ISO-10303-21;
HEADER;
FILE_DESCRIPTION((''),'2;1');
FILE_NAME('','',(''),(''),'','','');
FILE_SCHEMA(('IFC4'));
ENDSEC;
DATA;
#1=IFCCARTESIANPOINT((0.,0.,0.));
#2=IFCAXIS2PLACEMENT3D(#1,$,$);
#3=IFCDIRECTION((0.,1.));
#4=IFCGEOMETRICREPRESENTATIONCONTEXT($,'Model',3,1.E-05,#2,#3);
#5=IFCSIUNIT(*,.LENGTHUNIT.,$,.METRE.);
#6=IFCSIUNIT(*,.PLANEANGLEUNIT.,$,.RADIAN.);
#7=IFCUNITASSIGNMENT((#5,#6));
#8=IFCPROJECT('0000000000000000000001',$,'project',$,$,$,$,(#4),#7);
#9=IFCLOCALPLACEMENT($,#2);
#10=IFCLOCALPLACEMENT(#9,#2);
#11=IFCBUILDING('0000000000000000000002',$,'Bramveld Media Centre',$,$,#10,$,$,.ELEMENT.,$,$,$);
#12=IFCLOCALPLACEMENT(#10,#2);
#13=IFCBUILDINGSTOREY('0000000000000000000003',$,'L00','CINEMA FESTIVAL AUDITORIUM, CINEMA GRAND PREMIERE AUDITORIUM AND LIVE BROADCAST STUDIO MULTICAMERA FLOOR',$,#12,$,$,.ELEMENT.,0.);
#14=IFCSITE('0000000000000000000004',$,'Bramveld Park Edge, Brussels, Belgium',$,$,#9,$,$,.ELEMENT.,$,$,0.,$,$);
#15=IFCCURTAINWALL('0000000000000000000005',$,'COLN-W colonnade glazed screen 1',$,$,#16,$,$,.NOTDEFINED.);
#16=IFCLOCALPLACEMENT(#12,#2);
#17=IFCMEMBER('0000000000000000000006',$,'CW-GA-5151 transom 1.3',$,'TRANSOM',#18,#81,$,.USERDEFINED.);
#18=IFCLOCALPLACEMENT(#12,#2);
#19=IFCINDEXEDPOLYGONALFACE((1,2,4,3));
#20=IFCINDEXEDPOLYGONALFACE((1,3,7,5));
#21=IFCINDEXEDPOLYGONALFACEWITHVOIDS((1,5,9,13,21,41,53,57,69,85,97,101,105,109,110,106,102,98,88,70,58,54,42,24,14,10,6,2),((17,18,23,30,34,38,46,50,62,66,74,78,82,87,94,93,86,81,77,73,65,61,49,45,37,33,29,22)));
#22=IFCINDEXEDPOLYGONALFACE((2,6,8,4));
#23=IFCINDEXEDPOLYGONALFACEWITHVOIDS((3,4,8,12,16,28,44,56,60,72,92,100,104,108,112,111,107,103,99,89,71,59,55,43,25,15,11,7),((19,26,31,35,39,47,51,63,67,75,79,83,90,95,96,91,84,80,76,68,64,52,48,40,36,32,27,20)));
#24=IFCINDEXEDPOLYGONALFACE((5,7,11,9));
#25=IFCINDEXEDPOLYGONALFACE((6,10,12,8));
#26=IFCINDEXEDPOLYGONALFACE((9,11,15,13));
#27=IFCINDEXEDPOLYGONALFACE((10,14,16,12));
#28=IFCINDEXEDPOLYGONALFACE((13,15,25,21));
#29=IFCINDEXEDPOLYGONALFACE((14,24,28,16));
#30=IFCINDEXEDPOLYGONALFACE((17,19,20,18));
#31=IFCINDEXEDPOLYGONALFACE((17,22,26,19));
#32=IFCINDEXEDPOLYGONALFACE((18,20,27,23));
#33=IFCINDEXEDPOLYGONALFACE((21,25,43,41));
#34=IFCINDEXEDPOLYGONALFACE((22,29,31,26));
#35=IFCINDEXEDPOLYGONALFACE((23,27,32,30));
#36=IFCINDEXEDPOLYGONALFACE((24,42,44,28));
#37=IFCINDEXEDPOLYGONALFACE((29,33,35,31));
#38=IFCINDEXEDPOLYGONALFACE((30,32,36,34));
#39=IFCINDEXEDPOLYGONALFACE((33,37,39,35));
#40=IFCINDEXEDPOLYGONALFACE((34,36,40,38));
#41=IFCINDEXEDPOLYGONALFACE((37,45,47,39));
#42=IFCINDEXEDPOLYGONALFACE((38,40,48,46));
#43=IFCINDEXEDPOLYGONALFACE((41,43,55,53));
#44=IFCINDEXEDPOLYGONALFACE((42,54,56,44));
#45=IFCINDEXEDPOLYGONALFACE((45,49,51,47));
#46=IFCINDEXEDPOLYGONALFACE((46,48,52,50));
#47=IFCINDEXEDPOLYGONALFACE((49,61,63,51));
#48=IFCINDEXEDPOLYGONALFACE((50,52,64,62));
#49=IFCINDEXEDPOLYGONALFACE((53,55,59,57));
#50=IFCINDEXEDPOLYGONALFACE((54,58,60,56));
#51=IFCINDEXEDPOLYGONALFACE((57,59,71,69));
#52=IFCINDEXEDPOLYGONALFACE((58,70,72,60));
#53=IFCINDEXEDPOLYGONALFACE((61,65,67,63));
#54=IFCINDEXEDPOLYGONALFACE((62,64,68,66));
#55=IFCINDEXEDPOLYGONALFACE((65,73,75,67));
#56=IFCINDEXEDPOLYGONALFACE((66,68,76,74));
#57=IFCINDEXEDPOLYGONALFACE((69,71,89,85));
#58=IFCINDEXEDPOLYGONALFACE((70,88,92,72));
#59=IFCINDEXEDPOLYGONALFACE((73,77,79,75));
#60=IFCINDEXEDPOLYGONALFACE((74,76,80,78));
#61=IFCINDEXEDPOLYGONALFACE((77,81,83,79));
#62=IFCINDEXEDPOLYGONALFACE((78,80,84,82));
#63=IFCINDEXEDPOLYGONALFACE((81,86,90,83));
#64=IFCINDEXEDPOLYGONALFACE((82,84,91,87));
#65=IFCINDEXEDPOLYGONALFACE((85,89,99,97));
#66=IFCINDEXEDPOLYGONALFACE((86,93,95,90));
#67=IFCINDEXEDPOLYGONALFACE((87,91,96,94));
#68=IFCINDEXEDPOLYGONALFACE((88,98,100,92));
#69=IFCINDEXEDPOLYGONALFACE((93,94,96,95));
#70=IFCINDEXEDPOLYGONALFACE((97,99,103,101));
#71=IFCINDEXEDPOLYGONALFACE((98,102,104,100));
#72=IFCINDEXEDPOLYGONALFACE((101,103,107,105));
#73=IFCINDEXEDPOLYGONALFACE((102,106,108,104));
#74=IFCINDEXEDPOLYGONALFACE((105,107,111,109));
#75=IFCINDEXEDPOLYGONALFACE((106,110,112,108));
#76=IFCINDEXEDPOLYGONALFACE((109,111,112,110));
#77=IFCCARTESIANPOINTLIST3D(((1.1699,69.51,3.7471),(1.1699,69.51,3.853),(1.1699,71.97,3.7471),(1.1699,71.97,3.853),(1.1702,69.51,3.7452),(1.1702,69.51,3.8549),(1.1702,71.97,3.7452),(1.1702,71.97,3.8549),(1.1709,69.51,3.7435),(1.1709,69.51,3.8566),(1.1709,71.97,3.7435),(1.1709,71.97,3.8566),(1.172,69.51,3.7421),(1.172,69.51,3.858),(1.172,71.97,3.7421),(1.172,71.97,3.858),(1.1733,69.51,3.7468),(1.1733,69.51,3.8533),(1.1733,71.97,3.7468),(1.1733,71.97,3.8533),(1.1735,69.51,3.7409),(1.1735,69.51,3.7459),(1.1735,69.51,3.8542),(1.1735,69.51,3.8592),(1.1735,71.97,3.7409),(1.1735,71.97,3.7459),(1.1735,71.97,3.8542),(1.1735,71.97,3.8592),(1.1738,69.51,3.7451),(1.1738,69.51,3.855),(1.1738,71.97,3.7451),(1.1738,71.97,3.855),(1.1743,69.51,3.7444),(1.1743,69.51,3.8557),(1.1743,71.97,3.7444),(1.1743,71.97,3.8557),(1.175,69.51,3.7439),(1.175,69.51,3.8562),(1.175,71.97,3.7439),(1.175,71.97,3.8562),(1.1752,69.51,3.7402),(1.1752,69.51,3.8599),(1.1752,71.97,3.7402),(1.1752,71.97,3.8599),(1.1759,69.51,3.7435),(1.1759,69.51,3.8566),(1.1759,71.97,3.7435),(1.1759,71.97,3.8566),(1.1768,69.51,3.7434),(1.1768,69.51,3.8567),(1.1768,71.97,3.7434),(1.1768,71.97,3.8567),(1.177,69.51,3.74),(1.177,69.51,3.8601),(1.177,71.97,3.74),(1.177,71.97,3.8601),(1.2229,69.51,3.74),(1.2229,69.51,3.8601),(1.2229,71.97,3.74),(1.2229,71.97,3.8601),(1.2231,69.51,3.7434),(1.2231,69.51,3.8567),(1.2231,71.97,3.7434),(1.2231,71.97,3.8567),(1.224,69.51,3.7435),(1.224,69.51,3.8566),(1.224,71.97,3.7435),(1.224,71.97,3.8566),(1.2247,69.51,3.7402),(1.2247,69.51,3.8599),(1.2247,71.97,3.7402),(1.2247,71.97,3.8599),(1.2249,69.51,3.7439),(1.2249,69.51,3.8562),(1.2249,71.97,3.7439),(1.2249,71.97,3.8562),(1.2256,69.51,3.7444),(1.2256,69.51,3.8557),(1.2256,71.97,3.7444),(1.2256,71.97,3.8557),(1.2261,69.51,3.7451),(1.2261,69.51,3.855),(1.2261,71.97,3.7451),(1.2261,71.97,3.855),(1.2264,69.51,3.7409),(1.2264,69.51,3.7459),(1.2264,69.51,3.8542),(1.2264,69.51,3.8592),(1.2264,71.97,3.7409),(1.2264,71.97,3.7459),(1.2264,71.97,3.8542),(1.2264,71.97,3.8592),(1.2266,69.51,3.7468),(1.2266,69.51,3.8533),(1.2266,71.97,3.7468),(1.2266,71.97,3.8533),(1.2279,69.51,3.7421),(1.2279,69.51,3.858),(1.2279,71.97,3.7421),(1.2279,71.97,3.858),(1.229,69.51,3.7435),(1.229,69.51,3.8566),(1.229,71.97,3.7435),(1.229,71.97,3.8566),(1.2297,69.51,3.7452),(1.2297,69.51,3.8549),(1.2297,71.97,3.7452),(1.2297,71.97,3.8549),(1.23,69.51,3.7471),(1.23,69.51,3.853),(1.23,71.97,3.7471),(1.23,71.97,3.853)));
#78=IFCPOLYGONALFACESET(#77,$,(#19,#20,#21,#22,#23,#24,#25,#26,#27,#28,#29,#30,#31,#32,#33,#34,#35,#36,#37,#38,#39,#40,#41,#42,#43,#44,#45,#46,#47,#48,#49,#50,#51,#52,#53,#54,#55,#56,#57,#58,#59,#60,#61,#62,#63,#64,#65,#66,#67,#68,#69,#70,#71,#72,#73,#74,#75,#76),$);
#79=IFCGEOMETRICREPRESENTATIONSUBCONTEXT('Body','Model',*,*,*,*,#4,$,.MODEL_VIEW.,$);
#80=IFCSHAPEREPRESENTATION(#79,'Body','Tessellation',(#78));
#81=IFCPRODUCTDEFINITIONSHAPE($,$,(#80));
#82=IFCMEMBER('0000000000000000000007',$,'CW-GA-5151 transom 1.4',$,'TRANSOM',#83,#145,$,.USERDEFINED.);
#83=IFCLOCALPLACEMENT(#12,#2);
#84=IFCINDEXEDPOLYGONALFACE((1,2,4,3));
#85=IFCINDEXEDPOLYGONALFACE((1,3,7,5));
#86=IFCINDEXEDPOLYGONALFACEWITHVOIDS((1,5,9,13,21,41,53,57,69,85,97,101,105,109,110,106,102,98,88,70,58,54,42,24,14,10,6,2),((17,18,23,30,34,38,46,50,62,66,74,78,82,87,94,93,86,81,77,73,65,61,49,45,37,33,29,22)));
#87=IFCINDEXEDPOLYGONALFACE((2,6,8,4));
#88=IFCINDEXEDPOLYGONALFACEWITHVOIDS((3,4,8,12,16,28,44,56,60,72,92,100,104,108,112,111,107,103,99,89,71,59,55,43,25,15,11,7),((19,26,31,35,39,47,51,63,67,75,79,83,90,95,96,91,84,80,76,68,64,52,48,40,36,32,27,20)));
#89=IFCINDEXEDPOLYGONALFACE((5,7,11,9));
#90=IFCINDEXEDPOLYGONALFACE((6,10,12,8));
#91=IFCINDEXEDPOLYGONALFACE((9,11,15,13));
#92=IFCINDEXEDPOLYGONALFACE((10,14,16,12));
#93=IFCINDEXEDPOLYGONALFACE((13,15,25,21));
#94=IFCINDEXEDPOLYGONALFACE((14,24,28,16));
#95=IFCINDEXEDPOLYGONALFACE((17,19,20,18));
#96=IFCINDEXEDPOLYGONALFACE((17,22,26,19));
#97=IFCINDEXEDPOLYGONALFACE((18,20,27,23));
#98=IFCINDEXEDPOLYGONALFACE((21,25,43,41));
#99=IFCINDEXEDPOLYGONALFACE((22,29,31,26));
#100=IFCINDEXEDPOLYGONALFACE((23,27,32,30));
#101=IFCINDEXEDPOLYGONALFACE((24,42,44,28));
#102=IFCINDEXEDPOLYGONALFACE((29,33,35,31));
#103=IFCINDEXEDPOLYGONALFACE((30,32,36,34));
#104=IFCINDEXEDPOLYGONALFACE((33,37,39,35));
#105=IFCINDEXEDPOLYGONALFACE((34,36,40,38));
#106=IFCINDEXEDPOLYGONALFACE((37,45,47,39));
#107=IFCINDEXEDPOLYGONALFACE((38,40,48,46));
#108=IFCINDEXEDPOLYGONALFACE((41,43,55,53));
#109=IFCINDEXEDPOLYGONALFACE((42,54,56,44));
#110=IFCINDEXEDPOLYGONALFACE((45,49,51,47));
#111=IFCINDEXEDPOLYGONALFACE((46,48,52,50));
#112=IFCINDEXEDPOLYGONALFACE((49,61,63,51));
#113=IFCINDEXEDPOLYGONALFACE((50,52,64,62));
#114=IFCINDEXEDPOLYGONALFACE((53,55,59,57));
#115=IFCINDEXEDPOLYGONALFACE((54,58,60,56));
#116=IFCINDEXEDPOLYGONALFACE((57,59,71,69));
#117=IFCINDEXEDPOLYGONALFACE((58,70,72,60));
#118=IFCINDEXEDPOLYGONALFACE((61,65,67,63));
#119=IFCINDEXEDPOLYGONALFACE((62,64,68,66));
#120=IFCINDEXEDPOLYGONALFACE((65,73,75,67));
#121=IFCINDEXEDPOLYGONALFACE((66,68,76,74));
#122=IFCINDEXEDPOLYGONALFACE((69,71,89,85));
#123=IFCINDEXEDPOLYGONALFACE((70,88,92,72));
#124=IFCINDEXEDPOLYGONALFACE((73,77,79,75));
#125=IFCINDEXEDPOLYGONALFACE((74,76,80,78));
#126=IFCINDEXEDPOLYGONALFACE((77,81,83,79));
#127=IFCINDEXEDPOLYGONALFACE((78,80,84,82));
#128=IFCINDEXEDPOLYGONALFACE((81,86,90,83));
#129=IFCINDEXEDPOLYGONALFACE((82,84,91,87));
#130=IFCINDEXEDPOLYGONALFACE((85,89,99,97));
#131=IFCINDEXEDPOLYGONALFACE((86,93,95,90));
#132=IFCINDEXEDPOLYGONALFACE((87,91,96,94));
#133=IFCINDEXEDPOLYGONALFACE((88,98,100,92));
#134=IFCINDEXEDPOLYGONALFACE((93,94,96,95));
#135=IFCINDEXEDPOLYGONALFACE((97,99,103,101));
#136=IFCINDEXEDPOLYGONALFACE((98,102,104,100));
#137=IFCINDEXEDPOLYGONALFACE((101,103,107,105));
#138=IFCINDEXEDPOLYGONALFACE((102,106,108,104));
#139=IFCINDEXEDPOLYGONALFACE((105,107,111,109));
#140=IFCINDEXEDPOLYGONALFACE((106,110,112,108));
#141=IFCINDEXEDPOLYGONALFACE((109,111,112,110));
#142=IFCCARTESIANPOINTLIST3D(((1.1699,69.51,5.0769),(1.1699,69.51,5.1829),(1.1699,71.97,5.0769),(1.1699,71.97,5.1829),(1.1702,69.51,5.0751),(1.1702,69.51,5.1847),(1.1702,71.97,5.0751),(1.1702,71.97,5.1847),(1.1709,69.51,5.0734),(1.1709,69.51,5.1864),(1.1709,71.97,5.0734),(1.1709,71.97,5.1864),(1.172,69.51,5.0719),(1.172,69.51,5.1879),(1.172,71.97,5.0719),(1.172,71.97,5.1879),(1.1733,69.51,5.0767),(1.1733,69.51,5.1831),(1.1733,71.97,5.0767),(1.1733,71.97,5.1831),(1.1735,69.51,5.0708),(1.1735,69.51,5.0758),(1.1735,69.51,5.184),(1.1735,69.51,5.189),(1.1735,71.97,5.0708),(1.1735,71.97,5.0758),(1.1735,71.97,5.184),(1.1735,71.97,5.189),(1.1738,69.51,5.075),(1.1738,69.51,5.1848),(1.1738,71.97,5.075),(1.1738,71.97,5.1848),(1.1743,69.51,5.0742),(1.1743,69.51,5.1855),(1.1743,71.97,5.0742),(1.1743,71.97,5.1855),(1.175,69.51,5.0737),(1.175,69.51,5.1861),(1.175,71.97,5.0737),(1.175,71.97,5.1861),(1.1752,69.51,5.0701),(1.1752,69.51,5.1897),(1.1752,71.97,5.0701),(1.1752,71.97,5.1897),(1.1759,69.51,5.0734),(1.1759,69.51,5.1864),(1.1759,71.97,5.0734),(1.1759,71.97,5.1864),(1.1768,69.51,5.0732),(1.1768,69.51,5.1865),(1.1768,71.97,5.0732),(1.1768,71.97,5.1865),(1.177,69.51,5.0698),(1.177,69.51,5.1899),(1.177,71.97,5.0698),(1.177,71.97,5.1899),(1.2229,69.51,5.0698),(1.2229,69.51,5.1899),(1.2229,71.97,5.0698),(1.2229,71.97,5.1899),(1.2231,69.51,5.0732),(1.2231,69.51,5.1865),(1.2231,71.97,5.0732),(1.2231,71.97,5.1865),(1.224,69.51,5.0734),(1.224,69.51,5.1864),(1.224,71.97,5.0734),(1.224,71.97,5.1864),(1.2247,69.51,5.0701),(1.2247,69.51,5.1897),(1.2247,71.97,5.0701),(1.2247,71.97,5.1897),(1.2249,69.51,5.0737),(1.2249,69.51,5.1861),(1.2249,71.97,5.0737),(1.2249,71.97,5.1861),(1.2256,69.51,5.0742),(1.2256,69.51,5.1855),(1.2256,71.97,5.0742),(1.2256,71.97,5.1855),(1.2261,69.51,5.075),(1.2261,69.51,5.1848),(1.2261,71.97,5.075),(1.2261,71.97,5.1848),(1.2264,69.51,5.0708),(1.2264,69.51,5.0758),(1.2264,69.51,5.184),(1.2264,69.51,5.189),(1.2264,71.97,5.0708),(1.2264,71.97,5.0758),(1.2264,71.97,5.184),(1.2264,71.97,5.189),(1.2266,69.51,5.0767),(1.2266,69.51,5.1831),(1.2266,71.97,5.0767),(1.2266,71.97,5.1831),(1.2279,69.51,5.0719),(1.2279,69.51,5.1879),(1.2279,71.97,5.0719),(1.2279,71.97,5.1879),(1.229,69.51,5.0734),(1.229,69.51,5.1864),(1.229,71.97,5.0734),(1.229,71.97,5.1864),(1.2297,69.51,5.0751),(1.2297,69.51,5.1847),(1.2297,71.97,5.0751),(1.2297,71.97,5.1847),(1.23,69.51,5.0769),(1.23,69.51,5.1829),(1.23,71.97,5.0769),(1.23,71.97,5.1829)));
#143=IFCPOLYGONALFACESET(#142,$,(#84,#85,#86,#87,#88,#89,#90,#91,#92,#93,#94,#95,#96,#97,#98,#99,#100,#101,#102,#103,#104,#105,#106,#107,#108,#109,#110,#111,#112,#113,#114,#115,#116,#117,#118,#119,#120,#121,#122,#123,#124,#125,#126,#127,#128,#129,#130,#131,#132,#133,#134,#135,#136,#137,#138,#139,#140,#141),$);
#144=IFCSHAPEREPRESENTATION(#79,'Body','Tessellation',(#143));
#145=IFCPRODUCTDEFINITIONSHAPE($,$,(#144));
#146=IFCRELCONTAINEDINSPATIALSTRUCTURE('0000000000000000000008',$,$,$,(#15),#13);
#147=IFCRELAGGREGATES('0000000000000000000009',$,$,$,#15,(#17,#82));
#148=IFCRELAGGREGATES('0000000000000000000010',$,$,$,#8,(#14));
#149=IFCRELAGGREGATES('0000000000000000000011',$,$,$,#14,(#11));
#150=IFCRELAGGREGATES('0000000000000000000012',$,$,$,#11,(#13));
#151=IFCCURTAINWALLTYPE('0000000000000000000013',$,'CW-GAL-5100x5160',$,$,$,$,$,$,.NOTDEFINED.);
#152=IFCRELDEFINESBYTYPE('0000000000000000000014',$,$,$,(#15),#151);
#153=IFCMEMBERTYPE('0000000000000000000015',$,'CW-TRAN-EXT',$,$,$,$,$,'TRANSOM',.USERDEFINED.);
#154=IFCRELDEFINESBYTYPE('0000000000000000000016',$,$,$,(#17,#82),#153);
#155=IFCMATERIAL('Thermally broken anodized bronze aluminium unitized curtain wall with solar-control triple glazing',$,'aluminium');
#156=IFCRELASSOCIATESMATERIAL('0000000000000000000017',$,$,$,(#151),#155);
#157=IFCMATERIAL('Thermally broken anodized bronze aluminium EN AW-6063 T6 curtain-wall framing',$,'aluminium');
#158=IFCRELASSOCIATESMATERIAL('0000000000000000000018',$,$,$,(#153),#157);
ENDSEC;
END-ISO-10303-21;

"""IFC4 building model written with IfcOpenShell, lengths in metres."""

from ifc_helpers import new_model, si_unit, direction, frame, origin, origin_2d, place, context, subcontext, project, spatial, hollow_rectangle, extrude, material, material_profile, profile_set, type_object, element, aggregate, save


model = new_model("IFC4")

# Units and contexts
model_context = context("Model", 3, precision=1e-05, world=origin(), true_north=direction((0.0, 1.0)))
body_context = subcontext(model_context, "Body", "Model", "MODEL_VIEW")
ifc_project = project(units=[si_unit("LENGTHUNIT", "METRE"), si_unit("PLANEANGLEUNIT", "RADIAN")], contexts=[model_context])

# Site, building, storey
site_placement = place(None, origin())
site = spatial("IfcSite", under=ifc_project, at=site_placement, Name="Bramveld Park Edge, Brussels, Belgium", CompositionType="ELEMENT", RefElevation=0.0)
building_placement = place(site_placement, origin())
building = spatial("IfcBuilding", under=site, at=building_placement, Name="Bramveld Media Centre", CompositionType="ELEMENT")
storey_placement = place(building_placement, origin())
storey = spatial("IfcBuildingStorey", under=building, at=storey_placement, Name="L00", Description="CINEMA FESTIVAL AUDITORIUM, CINEMA GRAND PREMIERE AUDITORIUM AND LIVE BROADCAST STUDIO MULTICAMERA FLOOR", CompositionType="ELEMENT", Elevation=0.0)

# Curtain wall, members
ifc_material_1 = material(Name="Thermally broken anodized bronze aluminium unitized curtain wall with solar-control triple glazing", Category="aluminium")
curtain_wall_type = type_object("IfcCurtainWallType", Name="CW-GAL-5100x5160", PredefinedType="NOTDEFINED", material=ifc_material_1)
curtain_wall_placement = place(storey_placement, origin())
curtain_wall = element("IfcCurtainWall", 1, at=curtain_wall_placement, inside=storey, type_object=curtain_wall_type, Name="COLN-W colonnade glazed screen 1", PredefinedType="NOTDEFINED")
ifc_material_2 = material(Name="Thermally broken anodized bronze aluminium EN AW-6063 T6 curtain-wall framing", Category="aluminium")
ifc_material_profile_1 = material_profile(ifc_material_2, hollow_rectangle(XDim=0.0601, YDim=0.1201, WallThickness=0.0034, InnerFilletRadius=0.0034, OuterFilletRadius=0.0071, at=origin_2d()), Name="AL-TRAN 60x120")
ifc_profile_set_1 = profile_set([ifc_material_profile_1], Name="Thermally broken anodized bronze aluminium EN AW-6063 T6 curtain-wall framing")
member_type_1 = type_object("IfcMemberType", Name="CW-TRAN-EXT", ElementType="TRANSOM", PredefinedType="USERDEFINED", material=ifc_profile_set_1)
member_1_placement = place(storey_placement, frame((1.2, 69.51, 3.8), z_axis=(0.0, 1.0, 0.0), x_axis=(-1.0, 0.0, 0.0)))
member_1 = element("IfcMember", 2, at=member_1_placement, type_object=member_type_1, Name="CW-GA-5151 transom 1.3", ObjectType="TRANSOM", PredefinedType="USERDEFINED", context=body_context, shape_type="SweptSolid", body=[
    extrude(hollow_rectangle(XDim=0.0601, YDim=0.1201, WallThickness=0.0034, InnerFilletRadius=0.0034, OuterFilletRadius=0.0071, at=origin_2d()), origin(), (0.0, 0.0, 1.0), 2.46),
])
member_2_placement = place(storey_placement, frame((1.2, 69.51, 5.1299), z_axis=(0.0, 1.0, 0.0), x_axis=(-1.0, 0.0, 0.0)))
member_2 = element("IfcMember", 3, at=member_2_placement, type_object=member_type_1, Name="CW-GA-5151 transom 1.4", ObjectType="TRANSOM", PredefinedType="USERDEFINED", context=body_context, shape_type="SweptSolid", body=[
    extrude(hollow_rectangle(XDim=0.0601, YDim=0.1201, WallThickness=0.0034, InnerFilletRadius=0.0034, OuterFilletRadius=0.0071, at=origin_2d()), origin(), (0.0, 0.0, 1.0), 2.46),
])

aggregate(curtain_wall, [member_1, member_2])

save(model, "model.ifc")
